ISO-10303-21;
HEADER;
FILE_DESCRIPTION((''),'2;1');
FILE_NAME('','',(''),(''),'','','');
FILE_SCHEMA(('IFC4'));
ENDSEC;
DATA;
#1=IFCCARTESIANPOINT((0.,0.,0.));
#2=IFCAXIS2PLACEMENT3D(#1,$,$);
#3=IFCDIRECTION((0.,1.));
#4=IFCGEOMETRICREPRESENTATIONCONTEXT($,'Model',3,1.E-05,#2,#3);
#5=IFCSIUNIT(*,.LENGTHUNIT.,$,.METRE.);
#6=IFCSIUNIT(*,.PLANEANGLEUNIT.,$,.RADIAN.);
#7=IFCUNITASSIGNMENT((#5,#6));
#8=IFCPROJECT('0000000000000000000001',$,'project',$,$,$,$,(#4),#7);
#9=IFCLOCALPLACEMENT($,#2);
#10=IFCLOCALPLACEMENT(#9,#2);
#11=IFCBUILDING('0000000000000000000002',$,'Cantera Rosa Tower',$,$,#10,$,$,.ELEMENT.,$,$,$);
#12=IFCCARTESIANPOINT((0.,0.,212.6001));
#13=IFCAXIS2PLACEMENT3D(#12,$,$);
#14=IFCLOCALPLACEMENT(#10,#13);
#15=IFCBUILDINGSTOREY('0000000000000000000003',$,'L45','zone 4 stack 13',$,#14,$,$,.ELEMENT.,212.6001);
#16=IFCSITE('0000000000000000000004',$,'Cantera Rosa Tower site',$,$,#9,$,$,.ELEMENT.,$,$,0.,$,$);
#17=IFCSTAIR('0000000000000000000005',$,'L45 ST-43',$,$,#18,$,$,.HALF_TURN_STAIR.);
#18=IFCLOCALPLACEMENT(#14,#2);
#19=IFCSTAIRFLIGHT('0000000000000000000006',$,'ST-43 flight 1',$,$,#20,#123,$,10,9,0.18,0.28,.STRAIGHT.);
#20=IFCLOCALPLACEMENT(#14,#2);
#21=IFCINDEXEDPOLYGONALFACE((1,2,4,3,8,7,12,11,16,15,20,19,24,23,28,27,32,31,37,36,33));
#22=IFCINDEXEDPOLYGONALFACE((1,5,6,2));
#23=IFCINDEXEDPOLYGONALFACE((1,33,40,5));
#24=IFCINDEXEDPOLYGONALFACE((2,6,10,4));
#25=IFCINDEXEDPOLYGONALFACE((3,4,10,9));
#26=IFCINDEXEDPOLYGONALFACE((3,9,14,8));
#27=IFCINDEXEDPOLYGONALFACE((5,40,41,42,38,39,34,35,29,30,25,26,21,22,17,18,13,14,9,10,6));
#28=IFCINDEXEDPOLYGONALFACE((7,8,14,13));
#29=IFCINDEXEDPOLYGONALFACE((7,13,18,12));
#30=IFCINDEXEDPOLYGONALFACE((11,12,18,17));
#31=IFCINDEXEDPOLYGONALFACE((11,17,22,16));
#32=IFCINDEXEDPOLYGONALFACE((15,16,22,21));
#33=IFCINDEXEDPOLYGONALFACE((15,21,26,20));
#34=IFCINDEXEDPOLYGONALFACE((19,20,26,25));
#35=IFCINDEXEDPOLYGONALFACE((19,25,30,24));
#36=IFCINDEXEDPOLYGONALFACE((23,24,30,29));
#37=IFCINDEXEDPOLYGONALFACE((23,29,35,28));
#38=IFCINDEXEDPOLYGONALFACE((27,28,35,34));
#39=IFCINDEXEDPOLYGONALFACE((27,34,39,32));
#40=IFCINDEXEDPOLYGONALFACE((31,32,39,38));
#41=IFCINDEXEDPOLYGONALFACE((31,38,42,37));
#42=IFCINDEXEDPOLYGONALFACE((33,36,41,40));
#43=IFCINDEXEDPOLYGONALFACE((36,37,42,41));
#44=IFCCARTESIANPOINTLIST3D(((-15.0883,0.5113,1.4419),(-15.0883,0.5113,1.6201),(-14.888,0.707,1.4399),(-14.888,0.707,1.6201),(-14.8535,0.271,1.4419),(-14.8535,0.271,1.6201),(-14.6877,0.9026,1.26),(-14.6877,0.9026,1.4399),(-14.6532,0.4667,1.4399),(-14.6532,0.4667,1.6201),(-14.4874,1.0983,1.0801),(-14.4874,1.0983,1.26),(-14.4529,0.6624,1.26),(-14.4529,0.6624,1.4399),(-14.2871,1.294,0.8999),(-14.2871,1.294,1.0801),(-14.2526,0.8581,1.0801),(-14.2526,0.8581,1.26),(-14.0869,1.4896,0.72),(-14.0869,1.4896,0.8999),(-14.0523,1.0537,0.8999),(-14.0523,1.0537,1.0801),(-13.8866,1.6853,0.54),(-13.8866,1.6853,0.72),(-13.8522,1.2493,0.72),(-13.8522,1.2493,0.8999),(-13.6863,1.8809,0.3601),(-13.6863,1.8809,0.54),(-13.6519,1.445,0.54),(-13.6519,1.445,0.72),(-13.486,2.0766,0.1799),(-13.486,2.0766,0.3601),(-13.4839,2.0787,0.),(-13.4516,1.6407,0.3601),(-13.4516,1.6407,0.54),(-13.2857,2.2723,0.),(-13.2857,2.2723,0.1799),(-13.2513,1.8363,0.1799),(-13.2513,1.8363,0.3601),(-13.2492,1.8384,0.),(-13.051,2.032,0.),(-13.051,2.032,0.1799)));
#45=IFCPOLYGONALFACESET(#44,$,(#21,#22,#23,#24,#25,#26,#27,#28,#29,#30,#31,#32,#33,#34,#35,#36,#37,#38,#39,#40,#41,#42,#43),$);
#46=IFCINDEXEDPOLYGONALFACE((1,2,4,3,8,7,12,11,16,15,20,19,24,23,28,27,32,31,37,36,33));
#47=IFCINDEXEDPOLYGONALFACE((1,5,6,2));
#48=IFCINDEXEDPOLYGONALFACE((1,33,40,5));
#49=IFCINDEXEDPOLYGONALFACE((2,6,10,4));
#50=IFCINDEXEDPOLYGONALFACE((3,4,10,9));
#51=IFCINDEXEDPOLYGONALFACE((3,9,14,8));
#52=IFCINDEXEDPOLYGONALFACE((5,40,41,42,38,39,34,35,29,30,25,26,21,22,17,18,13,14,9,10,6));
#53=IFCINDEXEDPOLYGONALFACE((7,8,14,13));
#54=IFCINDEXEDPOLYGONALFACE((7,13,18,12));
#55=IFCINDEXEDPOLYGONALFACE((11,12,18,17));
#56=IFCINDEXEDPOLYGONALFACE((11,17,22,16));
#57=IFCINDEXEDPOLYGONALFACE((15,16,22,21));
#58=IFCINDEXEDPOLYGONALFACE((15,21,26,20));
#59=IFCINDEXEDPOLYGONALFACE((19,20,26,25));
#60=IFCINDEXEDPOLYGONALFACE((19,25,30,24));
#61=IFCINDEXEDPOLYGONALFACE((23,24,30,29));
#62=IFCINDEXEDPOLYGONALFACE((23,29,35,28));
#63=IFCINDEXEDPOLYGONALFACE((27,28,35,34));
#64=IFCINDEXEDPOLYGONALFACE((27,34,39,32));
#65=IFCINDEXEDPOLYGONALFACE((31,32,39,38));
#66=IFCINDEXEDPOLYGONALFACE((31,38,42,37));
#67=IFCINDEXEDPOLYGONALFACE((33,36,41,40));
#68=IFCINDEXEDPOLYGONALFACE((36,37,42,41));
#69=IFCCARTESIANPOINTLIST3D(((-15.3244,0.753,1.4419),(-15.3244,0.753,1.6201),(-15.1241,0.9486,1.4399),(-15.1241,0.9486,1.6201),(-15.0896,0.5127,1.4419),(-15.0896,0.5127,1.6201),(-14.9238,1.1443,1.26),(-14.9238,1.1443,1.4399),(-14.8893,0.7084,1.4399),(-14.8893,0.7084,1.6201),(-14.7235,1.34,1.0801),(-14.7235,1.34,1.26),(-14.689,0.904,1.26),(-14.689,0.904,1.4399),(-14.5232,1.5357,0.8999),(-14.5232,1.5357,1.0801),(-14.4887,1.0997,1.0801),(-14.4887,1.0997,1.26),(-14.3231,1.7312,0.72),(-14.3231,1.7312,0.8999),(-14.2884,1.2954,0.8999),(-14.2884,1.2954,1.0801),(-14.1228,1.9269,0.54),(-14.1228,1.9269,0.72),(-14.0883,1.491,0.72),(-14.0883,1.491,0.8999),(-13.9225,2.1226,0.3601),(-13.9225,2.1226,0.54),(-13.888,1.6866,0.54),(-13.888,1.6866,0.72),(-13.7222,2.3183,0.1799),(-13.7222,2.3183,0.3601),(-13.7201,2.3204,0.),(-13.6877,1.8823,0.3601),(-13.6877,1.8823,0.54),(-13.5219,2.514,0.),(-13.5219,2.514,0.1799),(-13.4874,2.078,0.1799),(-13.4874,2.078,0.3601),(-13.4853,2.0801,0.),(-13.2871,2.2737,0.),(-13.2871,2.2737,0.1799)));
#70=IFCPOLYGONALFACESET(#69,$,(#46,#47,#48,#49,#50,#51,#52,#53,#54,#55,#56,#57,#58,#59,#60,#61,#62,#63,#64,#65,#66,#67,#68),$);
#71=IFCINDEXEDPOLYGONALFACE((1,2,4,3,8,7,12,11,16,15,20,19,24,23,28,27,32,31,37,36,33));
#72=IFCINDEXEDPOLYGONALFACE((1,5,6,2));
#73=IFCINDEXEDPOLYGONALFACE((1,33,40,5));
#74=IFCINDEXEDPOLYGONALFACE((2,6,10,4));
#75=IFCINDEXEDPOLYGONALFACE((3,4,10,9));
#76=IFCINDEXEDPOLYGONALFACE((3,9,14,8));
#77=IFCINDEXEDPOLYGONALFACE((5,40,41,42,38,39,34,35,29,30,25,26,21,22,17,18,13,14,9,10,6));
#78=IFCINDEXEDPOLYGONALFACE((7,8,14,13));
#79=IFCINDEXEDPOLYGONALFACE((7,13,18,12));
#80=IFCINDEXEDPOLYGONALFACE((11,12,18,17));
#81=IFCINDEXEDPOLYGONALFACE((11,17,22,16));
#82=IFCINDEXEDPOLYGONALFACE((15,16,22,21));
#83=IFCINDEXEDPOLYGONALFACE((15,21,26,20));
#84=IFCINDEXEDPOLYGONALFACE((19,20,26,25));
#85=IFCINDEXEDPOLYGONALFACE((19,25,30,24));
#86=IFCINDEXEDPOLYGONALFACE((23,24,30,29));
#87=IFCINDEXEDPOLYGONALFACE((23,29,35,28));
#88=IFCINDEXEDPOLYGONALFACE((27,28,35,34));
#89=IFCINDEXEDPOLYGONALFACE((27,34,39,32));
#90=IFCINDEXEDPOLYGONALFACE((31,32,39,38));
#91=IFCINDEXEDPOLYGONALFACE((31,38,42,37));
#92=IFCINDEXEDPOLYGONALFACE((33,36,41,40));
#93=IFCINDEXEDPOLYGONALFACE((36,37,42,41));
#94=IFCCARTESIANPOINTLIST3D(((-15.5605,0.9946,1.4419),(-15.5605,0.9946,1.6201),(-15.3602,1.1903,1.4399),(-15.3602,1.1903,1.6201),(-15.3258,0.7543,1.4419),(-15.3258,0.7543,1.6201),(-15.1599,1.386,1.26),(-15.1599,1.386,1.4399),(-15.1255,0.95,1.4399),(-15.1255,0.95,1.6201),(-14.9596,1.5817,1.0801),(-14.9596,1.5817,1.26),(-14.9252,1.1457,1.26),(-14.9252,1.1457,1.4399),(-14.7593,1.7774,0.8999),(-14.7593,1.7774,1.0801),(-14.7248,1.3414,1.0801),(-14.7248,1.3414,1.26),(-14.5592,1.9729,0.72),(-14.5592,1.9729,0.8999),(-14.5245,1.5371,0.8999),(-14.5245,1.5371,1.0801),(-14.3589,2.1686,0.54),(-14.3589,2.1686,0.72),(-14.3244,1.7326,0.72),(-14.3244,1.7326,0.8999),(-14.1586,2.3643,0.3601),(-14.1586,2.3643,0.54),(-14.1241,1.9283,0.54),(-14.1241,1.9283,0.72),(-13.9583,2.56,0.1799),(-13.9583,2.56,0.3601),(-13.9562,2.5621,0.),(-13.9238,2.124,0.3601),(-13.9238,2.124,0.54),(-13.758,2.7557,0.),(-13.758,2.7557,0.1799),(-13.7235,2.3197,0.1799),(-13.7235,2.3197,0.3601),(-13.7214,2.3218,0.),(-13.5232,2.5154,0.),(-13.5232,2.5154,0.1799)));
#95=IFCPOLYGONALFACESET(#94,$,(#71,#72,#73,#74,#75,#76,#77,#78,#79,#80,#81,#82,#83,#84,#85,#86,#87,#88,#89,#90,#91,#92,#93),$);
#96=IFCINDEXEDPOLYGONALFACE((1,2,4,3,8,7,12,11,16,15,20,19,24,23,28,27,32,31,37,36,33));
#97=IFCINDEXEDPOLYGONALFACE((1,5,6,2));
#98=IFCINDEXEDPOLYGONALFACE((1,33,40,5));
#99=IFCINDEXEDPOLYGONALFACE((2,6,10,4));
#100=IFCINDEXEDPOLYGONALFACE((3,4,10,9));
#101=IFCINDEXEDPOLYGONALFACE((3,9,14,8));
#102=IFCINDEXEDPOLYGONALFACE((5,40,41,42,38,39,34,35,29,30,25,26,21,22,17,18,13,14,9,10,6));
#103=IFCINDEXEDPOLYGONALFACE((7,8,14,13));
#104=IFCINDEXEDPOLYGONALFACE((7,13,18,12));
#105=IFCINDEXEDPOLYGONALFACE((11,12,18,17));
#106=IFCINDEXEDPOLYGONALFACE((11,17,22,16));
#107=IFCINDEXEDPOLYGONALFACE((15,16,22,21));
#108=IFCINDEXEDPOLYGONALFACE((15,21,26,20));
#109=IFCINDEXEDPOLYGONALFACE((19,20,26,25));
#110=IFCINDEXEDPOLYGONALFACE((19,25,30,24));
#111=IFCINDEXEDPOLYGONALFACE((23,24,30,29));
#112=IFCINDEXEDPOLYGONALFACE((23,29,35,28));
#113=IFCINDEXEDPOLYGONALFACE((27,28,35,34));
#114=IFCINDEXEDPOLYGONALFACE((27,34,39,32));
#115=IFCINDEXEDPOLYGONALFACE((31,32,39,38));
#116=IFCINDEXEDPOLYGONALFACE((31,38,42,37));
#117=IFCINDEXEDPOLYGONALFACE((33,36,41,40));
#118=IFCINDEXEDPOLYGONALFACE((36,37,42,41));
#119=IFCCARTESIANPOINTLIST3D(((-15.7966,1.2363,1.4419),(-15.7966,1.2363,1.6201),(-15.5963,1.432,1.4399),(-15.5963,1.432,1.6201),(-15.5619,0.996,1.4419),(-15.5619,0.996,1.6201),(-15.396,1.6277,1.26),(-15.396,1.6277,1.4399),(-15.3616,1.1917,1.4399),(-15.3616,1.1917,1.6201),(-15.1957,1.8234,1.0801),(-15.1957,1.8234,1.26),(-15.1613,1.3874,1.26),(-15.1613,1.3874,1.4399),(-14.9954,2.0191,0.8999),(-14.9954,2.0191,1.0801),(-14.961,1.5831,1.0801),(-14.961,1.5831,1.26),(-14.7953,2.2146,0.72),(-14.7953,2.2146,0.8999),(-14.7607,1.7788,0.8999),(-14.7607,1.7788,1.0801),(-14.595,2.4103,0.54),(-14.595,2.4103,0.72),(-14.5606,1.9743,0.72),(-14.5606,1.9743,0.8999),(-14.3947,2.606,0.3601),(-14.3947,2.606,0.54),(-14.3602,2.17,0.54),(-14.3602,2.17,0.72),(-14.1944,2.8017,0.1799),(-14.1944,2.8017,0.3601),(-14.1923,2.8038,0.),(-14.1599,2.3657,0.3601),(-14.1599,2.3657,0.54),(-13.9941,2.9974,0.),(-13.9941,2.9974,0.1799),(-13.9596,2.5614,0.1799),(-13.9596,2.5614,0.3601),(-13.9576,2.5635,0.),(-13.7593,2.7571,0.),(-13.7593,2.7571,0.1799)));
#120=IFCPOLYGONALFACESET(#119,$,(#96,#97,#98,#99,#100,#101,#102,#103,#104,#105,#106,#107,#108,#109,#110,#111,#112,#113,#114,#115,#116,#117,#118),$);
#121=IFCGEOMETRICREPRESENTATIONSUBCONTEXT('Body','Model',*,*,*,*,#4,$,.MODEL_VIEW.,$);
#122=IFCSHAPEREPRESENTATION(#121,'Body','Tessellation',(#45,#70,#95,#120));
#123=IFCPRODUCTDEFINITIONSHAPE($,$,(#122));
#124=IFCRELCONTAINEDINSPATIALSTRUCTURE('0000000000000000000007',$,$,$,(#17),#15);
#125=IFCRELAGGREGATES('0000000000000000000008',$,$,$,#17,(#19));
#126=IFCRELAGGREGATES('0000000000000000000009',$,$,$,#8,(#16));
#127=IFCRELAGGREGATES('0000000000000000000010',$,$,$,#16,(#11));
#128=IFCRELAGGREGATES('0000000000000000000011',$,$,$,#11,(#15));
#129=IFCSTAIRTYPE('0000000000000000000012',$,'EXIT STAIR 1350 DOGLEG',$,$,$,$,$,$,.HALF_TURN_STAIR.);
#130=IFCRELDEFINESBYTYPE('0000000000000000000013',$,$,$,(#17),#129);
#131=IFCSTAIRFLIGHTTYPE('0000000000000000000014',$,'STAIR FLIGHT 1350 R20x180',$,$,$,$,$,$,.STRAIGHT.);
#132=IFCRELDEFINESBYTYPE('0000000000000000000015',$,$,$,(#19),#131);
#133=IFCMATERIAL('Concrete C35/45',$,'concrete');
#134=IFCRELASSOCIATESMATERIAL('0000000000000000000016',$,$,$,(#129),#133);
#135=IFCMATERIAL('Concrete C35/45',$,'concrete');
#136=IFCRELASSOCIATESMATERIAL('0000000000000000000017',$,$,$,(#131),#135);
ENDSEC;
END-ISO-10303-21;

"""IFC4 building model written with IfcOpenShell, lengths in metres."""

from ifc_helpers import new_model, si_unit, direction, frame, origin, place, context, subcontext, project, spatial, polyline, outline, extrude, material, type_object, element, aggregate, save


model = new_model("IFC4")

# Units and contexts
model_context = context("Model", 3, precision=1e-05, world=origin(), true_north=direction((0.0, 1.0)))
body_context = subcontext(model_context, "Body", "Model", "MODEL_VIEW")
ifc_project = project(units=[si_unit("LENGTHUNIT", "METRE"), si_unit("PLANEANGLEUNIT", "RADIAN")], contexts=[model_context])

# Site, building, storey
site_placement = place(None, origin())
site = spatial("IfcSite", under=ifc_project, at=site_placement, Name="Cantera Rosa Tower site", CompositionType="ELEMENT", RefElevation=0.0)
building_placement = place(site_placement, origin())
building = spatial("IfcBuilding", under=site, at=building_placement, Name="Cantera Rosa Tower", CompositionType="ELEMENT")
storey_placement = place(building_placement, frame((0.0, 0.0, 212.6001)))
storey = spatial("IfcBuildingStorey", under=building, at=storey_placement, Name="L45", Description="zone 4 stack 13", CompositionType="ELEMENT", Elevation=212.6001)

# Stair, stair flight
ifc_material_1 = material(Name="Concrete C35/45", Category="concrete")
stair_type = type_object("IfcStairType", Name="EXIT STAIR 1350 DOGLEG", PredefinedType="HALF_TURN_STAIR", material=ifc_material_1)
stair_placement = place(storey_placement, origin())
stair = element("IfcStair", 1, at=stair_placement, inside=storey, type_object=stair_type, Name="L45 ST-43", PredefinedType="HALF_TURN_STAIR")
ifc_material_2 = material(Name="Concrete C35/45", Category="concrete")
stair_flight_type = type_object("IfcStairFlightType", Name="STAIR FLIGHT 1350 R20x180", PredefinedType="STRAIGHT", material=ifc_material_2)
stair_flight_placement = place(storey_placement, frame((-13.5227, 2.5149, 0.0), z_axis=(0.0, 0.0, 1.0), x_axis=(-0.715286, -0.698832, 0.0)))
stair_flight = element("IfcStairFlight", 2, at=stair_flight_placement, type_object=stair_flight_type, Name="ST-43 flight 1", NumberOfRisers=10, NumberOfTreads=9, PredefinedType="STRAIGHT", RiserHeight=0.18, TreadLength=0.28, context=body_context, shape_type="SweptSolid", body=[
    extrude(outline(polyline([(0.0, 0.0), (0.0, 0.1799), (0.28, 0.1799), (0.28, 0.3601), (0.5601, 0.3601), (0.5601, 0.54), (0.8401, 0.54), (0.8401, 0.72), (1.1201, 0.72), (1.1201, 0.8999), (1.3999, 0.8999), (1.3999, 1.0801), (1.6799, 1.0801), (1.6799, 1.26), (1.96, 1.26), (1.96, 1.4399), (2.24, 1.4399), (2.24, 1.6201), (2.52, 1.6201), (2.52, 1.8), (2.52, 1.4419), (0.2771, 0.0), (0.0, 0.0)])), frame((0.0, 0.675, 0.0), z_axis=(0.0, -1.0, 0.0), x_axis=(1.0, 0.0, 0.0)), (0.0, 0.0, 1.0), 0.3359),
    extrude(outline(polyline([(0.0, 0.0), (0.0, 0.1799), (0.28, 0.1799), (0.28, 0.3601), (0.5601, 0.3601), (0.5601, 0.54), (0.8401, 0.54), (0.8401, 0.72), (1.1201, 0.72), (1.1201, 0.8999), (1.3999, 0.8999), (1.3999, 1.0801), (1.6799, 1.0801), (1.6799, 1.26), (1.96, 1.26), (1.96, 1.4399), (2.24, 1.4399), (2.24, 1.6201), (2.52, 1.6201), (2.52, 1.8), (2.52, 1.4419), (0.2771, 0.0), (0.0, 0.0)])), frame((0.0, 0.3372, 0.0), z_axis=(0.0, -1.0, 0.0), x_axis=(1.0, 0.0, 0.0)), (0.0, 0.0, 1.0), 0.3359),
    extrude(outline(polyline([(0.0, 0.0), (0.0, 0.1799), (0.28, 0.1799), (0.28, 0.3601), (0.5601, 0.3601), (0.5601, 0.54), (0.8401, 0.54), (0.8401, 0.72), (1.1201, 0.72), (1.1201, 0.8999), (1.3999, 0.8999), (1.3999, 1.0801), (1.6799, 1.0801), (1.6799, 1.26), (1.96, 1.26), (1.96, 1.4399), (2.24, 1.4399), (2.24, 1.6201), (2.52, 1.6201), (2.52, 1.8), (2.52, 1.4419), (0.2771, 0.0), (0.0, 0.0)])), frame((0.0, -0.0007, 0.0), z_axis=(0.0, -1.0, 0.0), x_axis=(1.0, 0.0, 0.0)), (0.0, 0.0, 1.0), 0.3359),
    extrude(outline(polyline([(0.0, 0.0), (0.0, 0.1799), (0.28, 0.1799), (0.28, 0.3601), (0.5601, 0.3601), (0.5601, 0.54), (0.8401, 0.54), (0.8401, 0.72), (1.1201, 0.72), (1.1201, 0.8999), (1.3999, 0.8999), (1.3999, 1.0801), (1.6799, 1.0801), (1.6799, 1.26), (1.96, 1.26), (1.96, 1.4399), (2.24, 1.4399), (2.24, 1.6201), (2.52, 1.6201), (2.52, 1.8), (2.52, 1.4419), (0.2771, 0.0), (0.0, 0.0)])), frame((0.0, -0.3386, 0.0), z_axis=(0.0, -1.0, 0.0), x_axis=(1.0, 0.0, 0.0)), (0.0, 0.0, 1.0), 0.3359),
])
aggregate(stair, [stair_flight])

save(model, "model.ifc")
